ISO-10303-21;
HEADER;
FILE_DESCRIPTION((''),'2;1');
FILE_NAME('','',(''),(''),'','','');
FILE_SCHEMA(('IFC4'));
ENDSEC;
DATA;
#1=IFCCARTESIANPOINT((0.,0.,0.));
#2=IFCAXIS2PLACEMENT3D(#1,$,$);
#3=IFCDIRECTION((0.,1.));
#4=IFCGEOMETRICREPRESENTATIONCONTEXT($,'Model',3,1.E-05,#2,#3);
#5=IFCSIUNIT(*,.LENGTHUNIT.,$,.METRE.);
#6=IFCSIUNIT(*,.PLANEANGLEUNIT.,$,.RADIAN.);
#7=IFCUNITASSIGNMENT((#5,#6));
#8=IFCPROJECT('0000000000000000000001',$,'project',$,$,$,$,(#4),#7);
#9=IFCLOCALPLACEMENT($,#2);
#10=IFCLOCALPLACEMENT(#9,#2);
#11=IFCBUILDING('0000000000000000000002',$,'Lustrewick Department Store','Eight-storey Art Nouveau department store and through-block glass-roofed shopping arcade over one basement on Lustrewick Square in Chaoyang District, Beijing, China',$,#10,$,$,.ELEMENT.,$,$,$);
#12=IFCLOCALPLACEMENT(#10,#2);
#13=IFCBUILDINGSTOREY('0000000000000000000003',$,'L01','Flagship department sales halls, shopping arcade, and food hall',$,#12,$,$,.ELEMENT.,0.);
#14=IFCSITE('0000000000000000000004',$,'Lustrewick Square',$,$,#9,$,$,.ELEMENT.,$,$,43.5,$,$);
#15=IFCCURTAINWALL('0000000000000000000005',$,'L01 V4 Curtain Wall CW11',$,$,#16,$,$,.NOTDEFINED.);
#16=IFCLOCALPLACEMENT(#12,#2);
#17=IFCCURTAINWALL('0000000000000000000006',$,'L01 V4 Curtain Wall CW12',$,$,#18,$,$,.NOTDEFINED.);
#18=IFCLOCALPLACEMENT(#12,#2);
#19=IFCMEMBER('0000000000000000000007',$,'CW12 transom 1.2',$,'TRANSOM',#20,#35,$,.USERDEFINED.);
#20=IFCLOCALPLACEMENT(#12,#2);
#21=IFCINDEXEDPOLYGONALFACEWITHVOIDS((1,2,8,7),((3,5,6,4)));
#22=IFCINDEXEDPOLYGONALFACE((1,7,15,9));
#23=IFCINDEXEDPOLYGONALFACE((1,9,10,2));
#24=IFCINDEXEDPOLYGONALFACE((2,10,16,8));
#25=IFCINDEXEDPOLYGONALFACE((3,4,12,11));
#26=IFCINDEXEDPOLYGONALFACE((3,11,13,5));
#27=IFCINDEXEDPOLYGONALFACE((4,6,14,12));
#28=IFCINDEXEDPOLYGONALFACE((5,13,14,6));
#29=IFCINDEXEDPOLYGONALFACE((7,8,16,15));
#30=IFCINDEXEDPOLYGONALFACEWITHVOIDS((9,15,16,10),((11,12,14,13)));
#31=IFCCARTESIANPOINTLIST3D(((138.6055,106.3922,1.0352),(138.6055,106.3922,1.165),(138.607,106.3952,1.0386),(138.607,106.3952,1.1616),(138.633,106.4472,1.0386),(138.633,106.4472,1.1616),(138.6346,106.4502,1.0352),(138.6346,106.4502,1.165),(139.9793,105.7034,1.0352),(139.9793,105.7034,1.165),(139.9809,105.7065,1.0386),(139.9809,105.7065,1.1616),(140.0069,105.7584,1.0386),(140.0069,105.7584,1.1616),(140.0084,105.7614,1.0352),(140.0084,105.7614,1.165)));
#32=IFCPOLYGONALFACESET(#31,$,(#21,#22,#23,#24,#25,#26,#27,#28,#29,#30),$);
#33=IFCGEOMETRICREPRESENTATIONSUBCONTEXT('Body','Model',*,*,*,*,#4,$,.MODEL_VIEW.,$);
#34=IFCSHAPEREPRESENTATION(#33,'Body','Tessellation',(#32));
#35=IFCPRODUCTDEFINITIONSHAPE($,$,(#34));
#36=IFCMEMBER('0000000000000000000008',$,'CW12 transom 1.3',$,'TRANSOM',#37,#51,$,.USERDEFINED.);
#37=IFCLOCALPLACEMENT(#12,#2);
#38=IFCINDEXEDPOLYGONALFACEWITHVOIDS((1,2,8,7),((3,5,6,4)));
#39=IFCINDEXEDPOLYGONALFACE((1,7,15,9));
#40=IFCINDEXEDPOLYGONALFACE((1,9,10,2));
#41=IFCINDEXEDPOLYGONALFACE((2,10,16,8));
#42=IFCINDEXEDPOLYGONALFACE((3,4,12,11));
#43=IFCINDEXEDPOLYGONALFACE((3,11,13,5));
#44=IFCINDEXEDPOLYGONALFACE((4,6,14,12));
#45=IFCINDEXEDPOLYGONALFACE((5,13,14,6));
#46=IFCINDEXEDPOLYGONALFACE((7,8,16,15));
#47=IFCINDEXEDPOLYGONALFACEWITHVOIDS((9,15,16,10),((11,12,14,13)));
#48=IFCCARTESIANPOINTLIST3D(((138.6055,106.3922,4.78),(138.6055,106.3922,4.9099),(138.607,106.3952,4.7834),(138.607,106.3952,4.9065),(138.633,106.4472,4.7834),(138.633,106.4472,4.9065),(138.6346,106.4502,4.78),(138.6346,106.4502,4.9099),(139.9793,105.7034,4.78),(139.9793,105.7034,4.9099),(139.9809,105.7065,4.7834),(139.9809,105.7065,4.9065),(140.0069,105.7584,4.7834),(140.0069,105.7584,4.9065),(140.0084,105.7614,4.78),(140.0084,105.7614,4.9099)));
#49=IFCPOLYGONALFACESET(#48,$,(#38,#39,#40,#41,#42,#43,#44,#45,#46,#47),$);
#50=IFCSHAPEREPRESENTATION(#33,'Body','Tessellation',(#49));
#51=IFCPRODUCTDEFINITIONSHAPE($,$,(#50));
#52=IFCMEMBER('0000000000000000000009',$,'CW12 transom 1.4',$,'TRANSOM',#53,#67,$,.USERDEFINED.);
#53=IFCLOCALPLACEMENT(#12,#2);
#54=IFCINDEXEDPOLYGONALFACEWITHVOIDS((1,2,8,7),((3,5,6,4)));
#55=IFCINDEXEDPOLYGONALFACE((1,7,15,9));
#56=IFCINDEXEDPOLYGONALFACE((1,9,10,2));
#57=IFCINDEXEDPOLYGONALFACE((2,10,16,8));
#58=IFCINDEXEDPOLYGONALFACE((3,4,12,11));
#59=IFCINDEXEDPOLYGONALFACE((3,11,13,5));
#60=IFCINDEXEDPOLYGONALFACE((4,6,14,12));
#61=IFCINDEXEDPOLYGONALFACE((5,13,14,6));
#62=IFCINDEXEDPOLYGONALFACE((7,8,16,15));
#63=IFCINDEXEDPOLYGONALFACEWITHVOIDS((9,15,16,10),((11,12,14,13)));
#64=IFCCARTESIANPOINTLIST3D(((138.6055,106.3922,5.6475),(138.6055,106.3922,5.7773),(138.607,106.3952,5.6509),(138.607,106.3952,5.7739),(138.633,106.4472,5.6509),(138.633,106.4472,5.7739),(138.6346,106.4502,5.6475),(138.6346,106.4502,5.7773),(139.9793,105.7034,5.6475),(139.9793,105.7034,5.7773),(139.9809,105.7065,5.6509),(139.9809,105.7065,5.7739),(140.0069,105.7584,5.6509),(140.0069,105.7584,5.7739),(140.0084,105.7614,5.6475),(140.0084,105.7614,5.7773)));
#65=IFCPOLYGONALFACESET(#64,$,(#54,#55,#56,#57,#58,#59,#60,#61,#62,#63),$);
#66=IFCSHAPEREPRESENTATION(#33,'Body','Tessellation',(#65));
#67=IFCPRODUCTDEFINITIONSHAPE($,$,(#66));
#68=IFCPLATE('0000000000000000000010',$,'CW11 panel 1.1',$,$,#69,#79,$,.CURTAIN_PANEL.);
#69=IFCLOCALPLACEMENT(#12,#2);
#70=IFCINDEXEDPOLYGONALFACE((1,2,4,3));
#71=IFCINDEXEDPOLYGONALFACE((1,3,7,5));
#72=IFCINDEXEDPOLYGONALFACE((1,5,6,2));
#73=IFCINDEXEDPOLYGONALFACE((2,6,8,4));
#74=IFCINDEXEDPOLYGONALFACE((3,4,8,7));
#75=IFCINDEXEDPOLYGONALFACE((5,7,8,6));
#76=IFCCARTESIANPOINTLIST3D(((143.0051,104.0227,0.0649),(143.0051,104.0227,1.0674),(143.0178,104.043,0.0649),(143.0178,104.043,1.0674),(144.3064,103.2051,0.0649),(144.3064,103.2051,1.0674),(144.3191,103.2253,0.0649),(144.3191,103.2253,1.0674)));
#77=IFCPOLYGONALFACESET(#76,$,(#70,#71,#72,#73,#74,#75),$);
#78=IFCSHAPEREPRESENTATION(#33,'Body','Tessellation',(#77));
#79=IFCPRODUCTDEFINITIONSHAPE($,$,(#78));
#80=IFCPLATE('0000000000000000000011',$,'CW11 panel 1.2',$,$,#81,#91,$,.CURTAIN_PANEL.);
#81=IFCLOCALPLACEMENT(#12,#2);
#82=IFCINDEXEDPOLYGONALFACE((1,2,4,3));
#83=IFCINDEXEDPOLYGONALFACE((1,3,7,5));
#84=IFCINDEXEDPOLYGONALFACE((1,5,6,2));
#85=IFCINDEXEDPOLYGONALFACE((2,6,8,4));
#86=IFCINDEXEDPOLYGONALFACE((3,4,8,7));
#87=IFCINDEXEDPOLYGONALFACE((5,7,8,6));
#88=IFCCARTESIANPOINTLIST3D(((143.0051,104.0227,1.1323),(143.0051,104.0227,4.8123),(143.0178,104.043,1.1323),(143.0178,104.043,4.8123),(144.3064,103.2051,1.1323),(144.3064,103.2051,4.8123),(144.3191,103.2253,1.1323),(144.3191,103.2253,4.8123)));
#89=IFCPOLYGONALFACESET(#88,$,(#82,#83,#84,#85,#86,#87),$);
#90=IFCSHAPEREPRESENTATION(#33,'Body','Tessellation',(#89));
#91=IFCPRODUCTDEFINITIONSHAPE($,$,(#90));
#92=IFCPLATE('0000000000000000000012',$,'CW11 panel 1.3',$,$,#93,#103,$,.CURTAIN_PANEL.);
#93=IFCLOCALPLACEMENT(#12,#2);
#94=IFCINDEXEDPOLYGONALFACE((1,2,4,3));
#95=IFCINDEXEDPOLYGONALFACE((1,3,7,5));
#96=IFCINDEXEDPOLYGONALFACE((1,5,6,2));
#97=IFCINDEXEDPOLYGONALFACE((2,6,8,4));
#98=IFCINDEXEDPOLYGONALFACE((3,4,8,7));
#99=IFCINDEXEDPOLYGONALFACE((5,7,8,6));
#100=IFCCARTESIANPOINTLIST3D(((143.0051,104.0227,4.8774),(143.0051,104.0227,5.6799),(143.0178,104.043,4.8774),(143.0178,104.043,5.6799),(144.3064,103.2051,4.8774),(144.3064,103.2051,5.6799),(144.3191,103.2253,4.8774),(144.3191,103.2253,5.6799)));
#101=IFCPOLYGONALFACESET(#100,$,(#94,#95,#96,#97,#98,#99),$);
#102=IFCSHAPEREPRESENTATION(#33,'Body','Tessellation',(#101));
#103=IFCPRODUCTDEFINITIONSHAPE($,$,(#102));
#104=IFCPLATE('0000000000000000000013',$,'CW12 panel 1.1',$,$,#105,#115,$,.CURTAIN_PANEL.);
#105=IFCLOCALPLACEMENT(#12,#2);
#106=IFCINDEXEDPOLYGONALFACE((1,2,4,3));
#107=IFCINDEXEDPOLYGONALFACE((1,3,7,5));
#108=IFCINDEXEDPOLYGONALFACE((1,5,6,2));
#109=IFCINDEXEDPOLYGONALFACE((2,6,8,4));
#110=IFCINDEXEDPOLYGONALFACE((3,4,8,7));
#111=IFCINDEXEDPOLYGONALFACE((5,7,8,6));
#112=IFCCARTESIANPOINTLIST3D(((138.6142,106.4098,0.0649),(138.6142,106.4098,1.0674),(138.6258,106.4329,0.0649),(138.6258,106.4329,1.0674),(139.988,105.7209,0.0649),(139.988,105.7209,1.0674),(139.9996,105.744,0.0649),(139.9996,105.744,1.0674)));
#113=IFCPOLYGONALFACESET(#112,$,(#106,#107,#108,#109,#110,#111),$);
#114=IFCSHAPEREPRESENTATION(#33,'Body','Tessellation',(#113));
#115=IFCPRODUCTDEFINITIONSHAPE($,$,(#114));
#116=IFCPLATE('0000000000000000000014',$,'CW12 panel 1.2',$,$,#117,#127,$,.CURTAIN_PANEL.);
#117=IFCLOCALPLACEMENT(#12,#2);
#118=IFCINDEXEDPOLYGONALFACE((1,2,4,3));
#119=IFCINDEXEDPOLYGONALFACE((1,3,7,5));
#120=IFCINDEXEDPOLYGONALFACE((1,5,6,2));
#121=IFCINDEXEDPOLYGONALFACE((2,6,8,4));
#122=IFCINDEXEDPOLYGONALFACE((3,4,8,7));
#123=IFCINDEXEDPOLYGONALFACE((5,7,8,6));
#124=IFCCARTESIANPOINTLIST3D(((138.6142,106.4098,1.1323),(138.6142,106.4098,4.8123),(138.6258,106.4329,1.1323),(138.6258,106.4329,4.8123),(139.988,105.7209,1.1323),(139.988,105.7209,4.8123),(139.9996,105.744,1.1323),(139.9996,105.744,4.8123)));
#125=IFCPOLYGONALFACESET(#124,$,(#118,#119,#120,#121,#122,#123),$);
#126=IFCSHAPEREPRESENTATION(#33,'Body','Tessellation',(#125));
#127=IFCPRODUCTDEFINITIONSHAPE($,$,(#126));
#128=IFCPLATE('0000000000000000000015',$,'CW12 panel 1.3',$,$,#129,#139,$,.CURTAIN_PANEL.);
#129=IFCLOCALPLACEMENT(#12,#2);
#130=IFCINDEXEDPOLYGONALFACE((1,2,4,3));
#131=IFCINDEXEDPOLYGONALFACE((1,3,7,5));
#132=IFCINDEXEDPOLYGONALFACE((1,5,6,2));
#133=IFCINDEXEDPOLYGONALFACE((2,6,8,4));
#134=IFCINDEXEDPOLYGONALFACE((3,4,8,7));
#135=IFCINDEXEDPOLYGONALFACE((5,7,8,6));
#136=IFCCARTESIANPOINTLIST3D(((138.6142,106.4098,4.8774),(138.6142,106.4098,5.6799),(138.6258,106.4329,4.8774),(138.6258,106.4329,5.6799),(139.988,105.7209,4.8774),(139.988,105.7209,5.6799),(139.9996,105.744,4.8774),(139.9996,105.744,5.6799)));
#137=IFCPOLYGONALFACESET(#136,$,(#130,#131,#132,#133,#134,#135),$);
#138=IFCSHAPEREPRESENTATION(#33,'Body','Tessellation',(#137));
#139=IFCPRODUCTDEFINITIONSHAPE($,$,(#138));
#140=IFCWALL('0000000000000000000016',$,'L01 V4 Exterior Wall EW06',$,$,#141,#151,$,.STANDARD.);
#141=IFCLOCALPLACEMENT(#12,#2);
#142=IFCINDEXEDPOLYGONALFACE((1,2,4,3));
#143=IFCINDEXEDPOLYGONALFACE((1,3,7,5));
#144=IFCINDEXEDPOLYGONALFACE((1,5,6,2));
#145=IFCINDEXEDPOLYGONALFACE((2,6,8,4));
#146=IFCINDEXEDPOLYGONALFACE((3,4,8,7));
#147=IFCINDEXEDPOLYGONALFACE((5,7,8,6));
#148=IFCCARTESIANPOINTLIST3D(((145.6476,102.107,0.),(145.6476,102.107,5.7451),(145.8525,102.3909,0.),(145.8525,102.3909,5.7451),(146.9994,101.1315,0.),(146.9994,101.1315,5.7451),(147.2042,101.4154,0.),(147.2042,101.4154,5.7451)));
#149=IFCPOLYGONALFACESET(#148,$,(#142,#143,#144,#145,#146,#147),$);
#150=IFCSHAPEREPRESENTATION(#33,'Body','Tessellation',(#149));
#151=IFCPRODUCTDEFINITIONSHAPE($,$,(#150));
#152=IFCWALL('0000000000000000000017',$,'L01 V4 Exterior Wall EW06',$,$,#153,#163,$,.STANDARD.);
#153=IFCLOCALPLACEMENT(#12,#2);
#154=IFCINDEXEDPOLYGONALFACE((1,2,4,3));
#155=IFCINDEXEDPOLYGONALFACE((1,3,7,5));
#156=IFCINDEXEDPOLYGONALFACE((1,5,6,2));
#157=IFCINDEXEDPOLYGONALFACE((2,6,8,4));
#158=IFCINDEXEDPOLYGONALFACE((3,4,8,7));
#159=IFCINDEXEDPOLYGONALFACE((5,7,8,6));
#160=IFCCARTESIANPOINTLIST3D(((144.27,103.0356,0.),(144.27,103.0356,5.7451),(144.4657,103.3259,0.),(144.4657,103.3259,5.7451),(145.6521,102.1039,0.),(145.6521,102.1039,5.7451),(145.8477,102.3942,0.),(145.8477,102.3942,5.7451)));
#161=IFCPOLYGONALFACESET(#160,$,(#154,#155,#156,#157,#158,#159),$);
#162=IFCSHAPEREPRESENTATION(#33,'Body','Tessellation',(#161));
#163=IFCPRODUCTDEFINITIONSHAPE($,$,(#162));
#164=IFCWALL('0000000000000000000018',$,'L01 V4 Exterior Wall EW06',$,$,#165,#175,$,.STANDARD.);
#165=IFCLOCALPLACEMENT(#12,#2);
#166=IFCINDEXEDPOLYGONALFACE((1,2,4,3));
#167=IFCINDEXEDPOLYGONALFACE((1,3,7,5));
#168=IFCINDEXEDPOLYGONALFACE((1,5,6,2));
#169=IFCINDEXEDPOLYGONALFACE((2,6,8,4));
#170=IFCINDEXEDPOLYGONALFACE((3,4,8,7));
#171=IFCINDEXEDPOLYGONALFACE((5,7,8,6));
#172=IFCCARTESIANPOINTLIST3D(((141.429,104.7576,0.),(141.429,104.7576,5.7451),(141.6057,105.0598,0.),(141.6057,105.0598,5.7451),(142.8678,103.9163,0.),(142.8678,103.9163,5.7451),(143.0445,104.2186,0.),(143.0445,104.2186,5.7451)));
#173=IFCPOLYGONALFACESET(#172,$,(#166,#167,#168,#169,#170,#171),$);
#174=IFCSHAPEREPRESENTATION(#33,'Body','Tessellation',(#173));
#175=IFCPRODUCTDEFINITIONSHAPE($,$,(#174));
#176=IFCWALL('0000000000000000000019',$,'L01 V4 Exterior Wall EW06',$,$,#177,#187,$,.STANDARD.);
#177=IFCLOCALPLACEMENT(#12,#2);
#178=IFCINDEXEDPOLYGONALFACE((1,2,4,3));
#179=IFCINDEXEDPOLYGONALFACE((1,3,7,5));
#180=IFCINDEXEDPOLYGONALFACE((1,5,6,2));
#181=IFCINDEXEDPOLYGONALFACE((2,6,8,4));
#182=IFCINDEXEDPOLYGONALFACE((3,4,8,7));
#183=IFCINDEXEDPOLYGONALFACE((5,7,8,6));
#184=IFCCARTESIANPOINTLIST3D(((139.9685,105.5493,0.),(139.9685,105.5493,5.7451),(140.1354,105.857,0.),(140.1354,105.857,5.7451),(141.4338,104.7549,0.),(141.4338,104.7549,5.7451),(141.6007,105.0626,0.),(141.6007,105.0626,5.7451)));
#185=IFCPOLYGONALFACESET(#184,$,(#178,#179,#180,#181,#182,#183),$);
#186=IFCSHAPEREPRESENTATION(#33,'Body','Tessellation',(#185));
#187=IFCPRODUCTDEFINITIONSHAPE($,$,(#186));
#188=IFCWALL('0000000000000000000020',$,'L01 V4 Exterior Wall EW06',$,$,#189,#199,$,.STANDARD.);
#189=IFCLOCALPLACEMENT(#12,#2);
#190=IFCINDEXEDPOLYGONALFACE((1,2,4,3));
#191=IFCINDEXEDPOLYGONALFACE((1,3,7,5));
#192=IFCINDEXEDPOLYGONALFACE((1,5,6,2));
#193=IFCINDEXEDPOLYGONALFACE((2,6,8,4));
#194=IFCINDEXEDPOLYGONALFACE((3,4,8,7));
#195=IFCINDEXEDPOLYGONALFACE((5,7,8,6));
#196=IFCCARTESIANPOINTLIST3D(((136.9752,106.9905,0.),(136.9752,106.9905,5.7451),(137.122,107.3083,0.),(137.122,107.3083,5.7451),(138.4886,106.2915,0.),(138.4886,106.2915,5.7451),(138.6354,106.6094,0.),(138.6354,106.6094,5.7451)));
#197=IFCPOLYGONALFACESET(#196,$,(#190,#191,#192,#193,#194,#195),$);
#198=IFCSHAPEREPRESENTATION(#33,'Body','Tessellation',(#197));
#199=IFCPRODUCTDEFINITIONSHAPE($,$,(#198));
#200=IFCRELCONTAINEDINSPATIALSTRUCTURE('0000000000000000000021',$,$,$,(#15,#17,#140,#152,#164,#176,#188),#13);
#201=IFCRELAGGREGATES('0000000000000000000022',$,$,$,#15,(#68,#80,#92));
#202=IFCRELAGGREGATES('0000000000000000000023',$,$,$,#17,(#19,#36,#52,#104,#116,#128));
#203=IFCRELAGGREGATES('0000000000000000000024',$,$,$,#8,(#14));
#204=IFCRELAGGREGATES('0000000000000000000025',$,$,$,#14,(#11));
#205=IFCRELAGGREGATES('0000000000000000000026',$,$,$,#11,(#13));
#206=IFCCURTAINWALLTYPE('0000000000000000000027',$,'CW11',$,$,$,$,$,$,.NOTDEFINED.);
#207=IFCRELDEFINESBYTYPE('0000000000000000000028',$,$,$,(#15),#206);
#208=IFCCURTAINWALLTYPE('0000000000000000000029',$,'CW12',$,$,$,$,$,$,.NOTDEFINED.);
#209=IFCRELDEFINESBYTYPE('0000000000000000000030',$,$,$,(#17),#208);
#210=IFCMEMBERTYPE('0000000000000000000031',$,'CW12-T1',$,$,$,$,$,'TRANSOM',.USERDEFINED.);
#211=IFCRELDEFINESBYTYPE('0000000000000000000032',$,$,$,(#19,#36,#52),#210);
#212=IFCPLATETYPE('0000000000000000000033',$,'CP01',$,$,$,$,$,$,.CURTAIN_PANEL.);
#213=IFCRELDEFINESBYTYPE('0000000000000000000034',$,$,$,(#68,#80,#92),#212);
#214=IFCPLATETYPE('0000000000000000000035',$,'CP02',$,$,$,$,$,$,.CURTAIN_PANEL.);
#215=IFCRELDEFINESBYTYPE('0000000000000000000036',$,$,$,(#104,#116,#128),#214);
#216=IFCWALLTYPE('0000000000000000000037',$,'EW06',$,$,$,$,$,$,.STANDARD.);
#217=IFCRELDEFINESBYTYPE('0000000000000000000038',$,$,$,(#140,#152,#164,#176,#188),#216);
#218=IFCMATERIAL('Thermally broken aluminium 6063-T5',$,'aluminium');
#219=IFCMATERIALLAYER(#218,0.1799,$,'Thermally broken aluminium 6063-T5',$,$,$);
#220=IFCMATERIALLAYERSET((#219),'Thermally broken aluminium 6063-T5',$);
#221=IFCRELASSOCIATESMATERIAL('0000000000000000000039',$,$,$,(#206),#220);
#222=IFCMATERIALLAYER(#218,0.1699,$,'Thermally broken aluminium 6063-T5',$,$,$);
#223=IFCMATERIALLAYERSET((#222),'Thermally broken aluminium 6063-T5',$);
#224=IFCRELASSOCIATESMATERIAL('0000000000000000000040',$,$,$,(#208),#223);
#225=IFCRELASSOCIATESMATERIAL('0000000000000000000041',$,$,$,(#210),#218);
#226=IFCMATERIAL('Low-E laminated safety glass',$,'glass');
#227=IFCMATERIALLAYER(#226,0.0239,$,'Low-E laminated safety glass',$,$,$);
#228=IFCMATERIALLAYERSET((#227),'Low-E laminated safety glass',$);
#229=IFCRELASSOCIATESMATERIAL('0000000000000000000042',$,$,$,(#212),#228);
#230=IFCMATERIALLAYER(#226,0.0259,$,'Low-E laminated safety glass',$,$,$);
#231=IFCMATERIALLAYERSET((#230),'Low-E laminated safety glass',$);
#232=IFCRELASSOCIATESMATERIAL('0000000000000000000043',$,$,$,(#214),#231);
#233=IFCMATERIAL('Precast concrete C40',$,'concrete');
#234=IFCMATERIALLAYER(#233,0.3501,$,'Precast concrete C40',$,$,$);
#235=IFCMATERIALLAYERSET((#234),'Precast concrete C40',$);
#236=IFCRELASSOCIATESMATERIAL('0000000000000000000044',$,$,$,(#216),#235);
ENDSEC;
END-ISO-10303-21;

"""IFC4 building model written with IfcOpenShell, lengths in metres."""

from ifc_helpers import new_model, si_unit, direction, frame, frame_2d, origin, origin_2d, place, context, subcontext, project, spatial, rectangle, hollow_rectangle, extrude, material, layer, layer_set, material_profile, profile_set, type_object, element, aggregate, save


model = new_model("IFC4")

# Units and contexts
model_context = context("Model", 3, precision=1e-05, world=origin(), true_north=direction((0.0, 1.0)))
body_context = subcontext(model_context, "Body", "Model", "MODEL_VIEW")
ifc_project = project(units=[si_unit("LENGTHUNIT", "METRE"), si_unit("PLANEANGLEUNIT", "RADIAN")], contexts=[model_context])

# Site, building, storey
site_placement = place(None, origin())
site = spatial("IfcSite", under=ifc_project, at=site_placement, Name="Lustrewick Square", CompositionType="ELEMENT", RefElevation=43.5)
building_placement = place(site_placement, origin())
building = spatial("IfcBuilding", under=site, at=building_placement, Name="Lustrewick Department Store", Description="Eight-storey Art Nouveau department store and through-block glass-roofed shopping arcade over one basement on Lustrewick Square in Chaoyang District, Beijing, China", CompositionType="ELEMENT")
storey_placement = place(building_placement, origin())
storey = spatial("IfcBuildingStorey", under=building, at=storey_placement, Name="L01", Description="Flagship department sales halls, shopping arcade, and food hall", CompositionType="ELEMENT", Elevation=0.0)

# Shared definitions
ifc_material_1 = material(Name="Thermally broken aluminium 6063-T5", Category="aluminium")

# Curtain walls, members
ifc_layer_1 = layer(ifc_material_1, 0.1799, Name="Thermally broken aluminium 6063-T5")
ifc_layer_set_1 = layer_set([ifc_layer_1], Name="Thermally broken aluminium 6063-T5")
curtain_wall_type_1 = type_object("IfcCurtainWallType", Name="CW11", PredefinedType="NOTDEFINED", material=ifc_layer_set_1)
curtain_wall_1_placement = place(storey_placement, origin())
curtain_wall_1 = element("IfcCurtainWall", 1, at=curtain_wall_1_placement, inside=storey, type_object=curtain_wall_type_1, Name="L01 V4 Curtain Wall CW11", PredefinedType="NOTDEFINED")
ifc_layer_2 = layer(ifc_material_1, 0.1699, Name="Thermally broken aluminium 6063-T5")
ifc_layer_set_2 = layer_set([ifc_layer_2], Name="Thermally broken aluminium 6063-T5")
curtain_wall_type_2 = type_object("IfcCurtainWallType", Name="CW12", PredefinedType="NOTDEFINED", material=ifc_layer_set_2)
curtain_wall_2_placement = place(storey_placement, origin())
curtain_wall_2 = element("IfcCurtainWall", 2, at=curtain_wall_2_placement, inside=storey, type_object=curtain_wall_type_2, Name="L01 V4 Curtain Wall CW12", PredefinedType="NOTDEFINED")
ifc_material_profile_1 = material_profile(ifc_material_1, hollow_rectangle(XDim=0.0649, YDim=0.1299, WallThickness=0.0034, at=origin_2d()), Name="ALU-T 65x130x3.5")
ifc_profile_set_1 = profile_set([ifc_material_profile_1], Name="Thermally broken aluminium 6063-T5")
member_type_1 = type_object("IfcMemberType", Name="CW12-T1", ElementType="TRANSOM", PredefinedType="USERDEFINED", material=ifc_profile_set_1)
member_1_placement = place(storey_placement, frame((139.9939, 105.7324, 1.1001), z_axis=(-0.89395, 0.448167, 0.0), x_axis=(-0.448167, -0.89395, 0.0)))
member_1 = element("IfcMember", 3, at=member_1_placement, type_object=member_type_1, Name="CW12 transom 1.2", ObjectType="TRANSOM", PredefinedType="USERDEFINED", context=body_context, shape_type="SweptSolid", body=[
    extrude(hollow_rectangle(XDim=0.0649, YDim=0.1299, WallThickness=0.0034, at=origin_2d()), origin(), (0.0, 0.0, 1.0), 1.5369),
])
member_2_placement = place(storey_placement, frame((139.9939, 105.7324, 4.845), z_axis=(-0.89395, 0.448167, 0.0), x_axis=(-0.448167, -0.89395, 0.0)))
member_2 = element("IfcMember", 4, at=member_2_placement, type_object=member_type_1, Name="CW12 transom 1.3", ObjectType="TRANSOM", PredefinedType="USERDEFINED", context=body_context, shape_type="SweptSolid", body=[
    extrude(hollow_rectangle(XDim=0.0649, YDim=0.1299, WallThickness=0.0034, at=origin_2d()), origin(), (0.0, 0.0, 1.0), 1.5369),
])
member_3_placement = place(storey_placement, frame((139.9939, 105.7324, 5.7124), z_axis=(-0.89395, 0.448167, 0.0), x_axis=(-0.448167, -0.89395, 0.0)))
member_3 = element("IfcMember", 5, at=member_3_placement, type_object=member_type_1, Name="CW12 transom 1.4", ObjectType="TRANSOM", PredefinedType="USERDEFINED", context=body_context, shape_type="SweptSolid", body=[
    extrude(hollow_rectangle(XDim=0.0649, YDim=0.1299, WallThickness=0.0034, at=origin_2d()), origin(), (0.0, 0.0, 1.0), 1.5369),
])

# Plates
ifc_material_2 = material(Name="Low-E laminated safety glass", Category="glass")
ifc_layer_3 = layer(ifc_material_2, 0.0239, Name="Low-E laminated safety glass")
ifc_layer_set_3 = layer_set([ifc_layer_3], Name="Low-E laminated safety glass")
plate_type_1 = type_object("IfcPlateType", Name="CP01", PredefinedType="CURTAIN_PANEL", material=ifc_layer_set_3)
plate_1_placement = place(storey_placement, frame((143.6621, 103.624, 0.0649), z_axis=(0.0, 0.0, 1.0), x_axis=(-0.846735, 0.532014, 0.0)))
plate_1 = element("IfcPlate", 6, at=plate_1_placement, type_object=plate_type_1, Name="CW11 panel 1.1", PredefinedType="CURTAIN_PANEL", context=body_context, shape_type="SweptSolid", body=[
    extrude(rectangle(XDim=1.5369, YDim=0.0239, at=origin_2d()), origin(), (0.0, 0.0, 1.0), 1.0024),
])
plate_2_placement = place(storey_placement, frame((143.6621, 103.624, 1.1323), z_axis=(0.0, 0.0, 1.0), x_axis=(-0.846735, 0.532014, 0.0)))
plate_2 = element("IfcPlate", 7, at=plate_2_placement, type_object=plate_type_1, Name="CW11 panel 1.2", PredefinedType="CURTAIN_PANEL", context=body_context, shape_type="SweptSolid", body=[
    extrude(rectangle(XDim=1.5369, YDim=0.0239, at=origin_2d()), origin(), (0.0, 0.0, 1.0), 3.6799),
])
plate_3_placement = place(storey_placement, frame((143.6621, 103.624, 4.8774), z_axis=(0.0, 0.0, 1.0), x_axis=(-0.846735, 0.532014, 0.0)))
plate_3 = element("IfcPlate", 8, at=plate_3_placement, type_object=plate_type_1, Name="CW11 panel 1.3", PredefinedType="CURTAIN_PANEL", context=body_context, shape_type="SweptSolid", body=[
    extrude(rectangle(XDim=1.5369, YDim=0.0239, at=origin_2d()), origin(), (0.0, 0.0, 1.0), 0.8025),
])
aggregate(curtain_wall_1, [plate_1, plate_2, plate_3])
ifc_layer_4 = layer(ifc_material_2, 0.0259, Name="Low-E laminated safety glass")
ifc_layer_set_4 = layer_set([ifc_layer_4], Name="Low-E laminated safety glass")
plate_type_2 = type_object("IfcPlateType", Name="CP02", PredefinedType="CURTAIN_PANEL", material=ifc_layer_set_4)
plate_4_placement = place(storey_placement, frame((139.3069, 106.0769, 0.0649), z_axis=(0.0, 0.0, 1.0), x_axis=(-0.893899, 0.448269, 0.0)))
plate_4 = element("IfcPlate", 9, at=plate_4_placement, type_object=plate_type_2, Name="CW12 panel 1.1", PredefinedType="CURTAIN_PANEL", context=body_context, shape_type="SweptSolid", body=[
    extrude(rectangle(XDim=1.5369, YDim=0.0259, at=origin_2d()), origin(), (0.0, 0.0, 1.0), 1.0024),
])
plate_5_placement = place(storey_placement, frame((139.3069, 106.0769, 1.1323), z_axis=(0.0, 0.0, 1.0), x_axis=(-0.893899, 0.448269, 0.0)))
plate_5 = element("IfcPlate", 10, at=plate_5_placement, type_object=plate_type_2, Name="CW12 panel 1.2", PredefinedType="CURTAIN_PANEL", context=body_context, shape_type="SweptSolid", body=[
    extrude(rectangle(XDim=1.5369, YDim=0.0259, at=origin_2d()), origin(), (0.0, 0.0, 1.0), 3.6799),
])
plate_6_placement = place(storey_placement, frame((139.3069, 106.0769, 4.8774), z_axis=(0.0, 0.0, 1.0), x_axis=(-0.893899, 0.448269, 0.0)))
plate_6 = element("IfcPlate", 11, at=plate_6_placement, type_object=plate_type_2, Name="CW12 panel 1.3", PredefinedType="CURTAIN_PANEL", context=body_context, shape_type="SweptSolid", body=[
    extrude(rectangle(XDim=1.5369, YDim=0.0259, at=origin_2d()), origin(), (0.0, 0.0, 1.0), 0.8025),
])
aggregate(curtain_wall_2, [member_1, member_2, member_3, plate_4, plate_5, plate_6])

# Walls
ifc_material_3 = material(Name="Precast concrete C40", Category="concrete")
ifc_layer_5 = layer(ifc_material_3, 0.3501, Name="Precast concrete C40")
ifc_layer_set_5 = layer_set([ifc_layer_5], Name="Precast concrete C40")
wall_type = type_object("IfcWallType", Name="EW06", PredefinedType="STANDARD", material=ifc_layer_set_5)
wall_1_placement = place(storey_placement, frame((147.1018, 101.2734, 0.0), z_axis=(0.0, 0.0, 1.0), x_axis=(-0.810884, 0.585207, 0.0)))
element("IfcWall", 12, at=wall_1_placement, inside=storey, type_object=wall_type, Name="L01 V4 Exterior Wall EW06", PredefinedType="STANDARD", context=body_context, shape_type="SweptSolid", body=[
    extrude(rectangle(XDim=1.667, YDim=0.3501, at=frame_2d((0.8335, 0.0))), origin(), (0.0, 0.0, 1.0), 5.7451),
])
for number, where, z_axis, x_axis, name in (
    (13, (145.75, 102.249, 0.0), (0.0, 0.0, 1.0), (-0.8292, 0.558952, 0.0), "L01 V4 Exterior Wall EW06"),
    (14, (142.9563, 104.0674, 0.0), (0.0, 0.0, 1.0), (-0.863279, 0.504727, 0.0), "L01 V4 Exterior Wall EW06"),
    (15, (141.5173, 104.9087, 0.0), (0.0, 0.0, 1.0), (-0.879113, 0.476613, 0.0), "L01 V4 Exterior Wall EW06"),
):
    element("IfcWall", number, at=place(storey_placement, frame(where, z_axis=z_axis, x_axis=x_axis)), inside=storey, type_object=wall_type, Name=name, PredefinedType="STANDARD", context=body_context, shape_type="SweptSolid", body=[
        extrude(rectangle(XDim=1.6667, YDim=0.3501, at=frame_2d((0.8335, 0.0))), origin(), (0.0, 0.0, 1.0), 5.7451),
    ])
wall_2_placement = place(storey_placement, frame((138.562, 106.4504, 0.0), z_axis=(0.0, 0.0, 1.0), x_axis=(-0.907852, 0.41929, 0.0)))
element("IfcWall", 16, at=wall_2_placement, inside=storey, type_object=wall_type, Name="L01 V4 Exterior Wall EW06", PredefinedType="STANDARD", context=body_context, shape_type="SweptSolid", body=[
    extrude(rectangle(XDim=1.667, YDim=0.3501, at=frame_2d((0.8335, 0.0))), origin(), (0.0, 0.0, 1.0), 5.7451),
])

save(model, "model.ifc")
